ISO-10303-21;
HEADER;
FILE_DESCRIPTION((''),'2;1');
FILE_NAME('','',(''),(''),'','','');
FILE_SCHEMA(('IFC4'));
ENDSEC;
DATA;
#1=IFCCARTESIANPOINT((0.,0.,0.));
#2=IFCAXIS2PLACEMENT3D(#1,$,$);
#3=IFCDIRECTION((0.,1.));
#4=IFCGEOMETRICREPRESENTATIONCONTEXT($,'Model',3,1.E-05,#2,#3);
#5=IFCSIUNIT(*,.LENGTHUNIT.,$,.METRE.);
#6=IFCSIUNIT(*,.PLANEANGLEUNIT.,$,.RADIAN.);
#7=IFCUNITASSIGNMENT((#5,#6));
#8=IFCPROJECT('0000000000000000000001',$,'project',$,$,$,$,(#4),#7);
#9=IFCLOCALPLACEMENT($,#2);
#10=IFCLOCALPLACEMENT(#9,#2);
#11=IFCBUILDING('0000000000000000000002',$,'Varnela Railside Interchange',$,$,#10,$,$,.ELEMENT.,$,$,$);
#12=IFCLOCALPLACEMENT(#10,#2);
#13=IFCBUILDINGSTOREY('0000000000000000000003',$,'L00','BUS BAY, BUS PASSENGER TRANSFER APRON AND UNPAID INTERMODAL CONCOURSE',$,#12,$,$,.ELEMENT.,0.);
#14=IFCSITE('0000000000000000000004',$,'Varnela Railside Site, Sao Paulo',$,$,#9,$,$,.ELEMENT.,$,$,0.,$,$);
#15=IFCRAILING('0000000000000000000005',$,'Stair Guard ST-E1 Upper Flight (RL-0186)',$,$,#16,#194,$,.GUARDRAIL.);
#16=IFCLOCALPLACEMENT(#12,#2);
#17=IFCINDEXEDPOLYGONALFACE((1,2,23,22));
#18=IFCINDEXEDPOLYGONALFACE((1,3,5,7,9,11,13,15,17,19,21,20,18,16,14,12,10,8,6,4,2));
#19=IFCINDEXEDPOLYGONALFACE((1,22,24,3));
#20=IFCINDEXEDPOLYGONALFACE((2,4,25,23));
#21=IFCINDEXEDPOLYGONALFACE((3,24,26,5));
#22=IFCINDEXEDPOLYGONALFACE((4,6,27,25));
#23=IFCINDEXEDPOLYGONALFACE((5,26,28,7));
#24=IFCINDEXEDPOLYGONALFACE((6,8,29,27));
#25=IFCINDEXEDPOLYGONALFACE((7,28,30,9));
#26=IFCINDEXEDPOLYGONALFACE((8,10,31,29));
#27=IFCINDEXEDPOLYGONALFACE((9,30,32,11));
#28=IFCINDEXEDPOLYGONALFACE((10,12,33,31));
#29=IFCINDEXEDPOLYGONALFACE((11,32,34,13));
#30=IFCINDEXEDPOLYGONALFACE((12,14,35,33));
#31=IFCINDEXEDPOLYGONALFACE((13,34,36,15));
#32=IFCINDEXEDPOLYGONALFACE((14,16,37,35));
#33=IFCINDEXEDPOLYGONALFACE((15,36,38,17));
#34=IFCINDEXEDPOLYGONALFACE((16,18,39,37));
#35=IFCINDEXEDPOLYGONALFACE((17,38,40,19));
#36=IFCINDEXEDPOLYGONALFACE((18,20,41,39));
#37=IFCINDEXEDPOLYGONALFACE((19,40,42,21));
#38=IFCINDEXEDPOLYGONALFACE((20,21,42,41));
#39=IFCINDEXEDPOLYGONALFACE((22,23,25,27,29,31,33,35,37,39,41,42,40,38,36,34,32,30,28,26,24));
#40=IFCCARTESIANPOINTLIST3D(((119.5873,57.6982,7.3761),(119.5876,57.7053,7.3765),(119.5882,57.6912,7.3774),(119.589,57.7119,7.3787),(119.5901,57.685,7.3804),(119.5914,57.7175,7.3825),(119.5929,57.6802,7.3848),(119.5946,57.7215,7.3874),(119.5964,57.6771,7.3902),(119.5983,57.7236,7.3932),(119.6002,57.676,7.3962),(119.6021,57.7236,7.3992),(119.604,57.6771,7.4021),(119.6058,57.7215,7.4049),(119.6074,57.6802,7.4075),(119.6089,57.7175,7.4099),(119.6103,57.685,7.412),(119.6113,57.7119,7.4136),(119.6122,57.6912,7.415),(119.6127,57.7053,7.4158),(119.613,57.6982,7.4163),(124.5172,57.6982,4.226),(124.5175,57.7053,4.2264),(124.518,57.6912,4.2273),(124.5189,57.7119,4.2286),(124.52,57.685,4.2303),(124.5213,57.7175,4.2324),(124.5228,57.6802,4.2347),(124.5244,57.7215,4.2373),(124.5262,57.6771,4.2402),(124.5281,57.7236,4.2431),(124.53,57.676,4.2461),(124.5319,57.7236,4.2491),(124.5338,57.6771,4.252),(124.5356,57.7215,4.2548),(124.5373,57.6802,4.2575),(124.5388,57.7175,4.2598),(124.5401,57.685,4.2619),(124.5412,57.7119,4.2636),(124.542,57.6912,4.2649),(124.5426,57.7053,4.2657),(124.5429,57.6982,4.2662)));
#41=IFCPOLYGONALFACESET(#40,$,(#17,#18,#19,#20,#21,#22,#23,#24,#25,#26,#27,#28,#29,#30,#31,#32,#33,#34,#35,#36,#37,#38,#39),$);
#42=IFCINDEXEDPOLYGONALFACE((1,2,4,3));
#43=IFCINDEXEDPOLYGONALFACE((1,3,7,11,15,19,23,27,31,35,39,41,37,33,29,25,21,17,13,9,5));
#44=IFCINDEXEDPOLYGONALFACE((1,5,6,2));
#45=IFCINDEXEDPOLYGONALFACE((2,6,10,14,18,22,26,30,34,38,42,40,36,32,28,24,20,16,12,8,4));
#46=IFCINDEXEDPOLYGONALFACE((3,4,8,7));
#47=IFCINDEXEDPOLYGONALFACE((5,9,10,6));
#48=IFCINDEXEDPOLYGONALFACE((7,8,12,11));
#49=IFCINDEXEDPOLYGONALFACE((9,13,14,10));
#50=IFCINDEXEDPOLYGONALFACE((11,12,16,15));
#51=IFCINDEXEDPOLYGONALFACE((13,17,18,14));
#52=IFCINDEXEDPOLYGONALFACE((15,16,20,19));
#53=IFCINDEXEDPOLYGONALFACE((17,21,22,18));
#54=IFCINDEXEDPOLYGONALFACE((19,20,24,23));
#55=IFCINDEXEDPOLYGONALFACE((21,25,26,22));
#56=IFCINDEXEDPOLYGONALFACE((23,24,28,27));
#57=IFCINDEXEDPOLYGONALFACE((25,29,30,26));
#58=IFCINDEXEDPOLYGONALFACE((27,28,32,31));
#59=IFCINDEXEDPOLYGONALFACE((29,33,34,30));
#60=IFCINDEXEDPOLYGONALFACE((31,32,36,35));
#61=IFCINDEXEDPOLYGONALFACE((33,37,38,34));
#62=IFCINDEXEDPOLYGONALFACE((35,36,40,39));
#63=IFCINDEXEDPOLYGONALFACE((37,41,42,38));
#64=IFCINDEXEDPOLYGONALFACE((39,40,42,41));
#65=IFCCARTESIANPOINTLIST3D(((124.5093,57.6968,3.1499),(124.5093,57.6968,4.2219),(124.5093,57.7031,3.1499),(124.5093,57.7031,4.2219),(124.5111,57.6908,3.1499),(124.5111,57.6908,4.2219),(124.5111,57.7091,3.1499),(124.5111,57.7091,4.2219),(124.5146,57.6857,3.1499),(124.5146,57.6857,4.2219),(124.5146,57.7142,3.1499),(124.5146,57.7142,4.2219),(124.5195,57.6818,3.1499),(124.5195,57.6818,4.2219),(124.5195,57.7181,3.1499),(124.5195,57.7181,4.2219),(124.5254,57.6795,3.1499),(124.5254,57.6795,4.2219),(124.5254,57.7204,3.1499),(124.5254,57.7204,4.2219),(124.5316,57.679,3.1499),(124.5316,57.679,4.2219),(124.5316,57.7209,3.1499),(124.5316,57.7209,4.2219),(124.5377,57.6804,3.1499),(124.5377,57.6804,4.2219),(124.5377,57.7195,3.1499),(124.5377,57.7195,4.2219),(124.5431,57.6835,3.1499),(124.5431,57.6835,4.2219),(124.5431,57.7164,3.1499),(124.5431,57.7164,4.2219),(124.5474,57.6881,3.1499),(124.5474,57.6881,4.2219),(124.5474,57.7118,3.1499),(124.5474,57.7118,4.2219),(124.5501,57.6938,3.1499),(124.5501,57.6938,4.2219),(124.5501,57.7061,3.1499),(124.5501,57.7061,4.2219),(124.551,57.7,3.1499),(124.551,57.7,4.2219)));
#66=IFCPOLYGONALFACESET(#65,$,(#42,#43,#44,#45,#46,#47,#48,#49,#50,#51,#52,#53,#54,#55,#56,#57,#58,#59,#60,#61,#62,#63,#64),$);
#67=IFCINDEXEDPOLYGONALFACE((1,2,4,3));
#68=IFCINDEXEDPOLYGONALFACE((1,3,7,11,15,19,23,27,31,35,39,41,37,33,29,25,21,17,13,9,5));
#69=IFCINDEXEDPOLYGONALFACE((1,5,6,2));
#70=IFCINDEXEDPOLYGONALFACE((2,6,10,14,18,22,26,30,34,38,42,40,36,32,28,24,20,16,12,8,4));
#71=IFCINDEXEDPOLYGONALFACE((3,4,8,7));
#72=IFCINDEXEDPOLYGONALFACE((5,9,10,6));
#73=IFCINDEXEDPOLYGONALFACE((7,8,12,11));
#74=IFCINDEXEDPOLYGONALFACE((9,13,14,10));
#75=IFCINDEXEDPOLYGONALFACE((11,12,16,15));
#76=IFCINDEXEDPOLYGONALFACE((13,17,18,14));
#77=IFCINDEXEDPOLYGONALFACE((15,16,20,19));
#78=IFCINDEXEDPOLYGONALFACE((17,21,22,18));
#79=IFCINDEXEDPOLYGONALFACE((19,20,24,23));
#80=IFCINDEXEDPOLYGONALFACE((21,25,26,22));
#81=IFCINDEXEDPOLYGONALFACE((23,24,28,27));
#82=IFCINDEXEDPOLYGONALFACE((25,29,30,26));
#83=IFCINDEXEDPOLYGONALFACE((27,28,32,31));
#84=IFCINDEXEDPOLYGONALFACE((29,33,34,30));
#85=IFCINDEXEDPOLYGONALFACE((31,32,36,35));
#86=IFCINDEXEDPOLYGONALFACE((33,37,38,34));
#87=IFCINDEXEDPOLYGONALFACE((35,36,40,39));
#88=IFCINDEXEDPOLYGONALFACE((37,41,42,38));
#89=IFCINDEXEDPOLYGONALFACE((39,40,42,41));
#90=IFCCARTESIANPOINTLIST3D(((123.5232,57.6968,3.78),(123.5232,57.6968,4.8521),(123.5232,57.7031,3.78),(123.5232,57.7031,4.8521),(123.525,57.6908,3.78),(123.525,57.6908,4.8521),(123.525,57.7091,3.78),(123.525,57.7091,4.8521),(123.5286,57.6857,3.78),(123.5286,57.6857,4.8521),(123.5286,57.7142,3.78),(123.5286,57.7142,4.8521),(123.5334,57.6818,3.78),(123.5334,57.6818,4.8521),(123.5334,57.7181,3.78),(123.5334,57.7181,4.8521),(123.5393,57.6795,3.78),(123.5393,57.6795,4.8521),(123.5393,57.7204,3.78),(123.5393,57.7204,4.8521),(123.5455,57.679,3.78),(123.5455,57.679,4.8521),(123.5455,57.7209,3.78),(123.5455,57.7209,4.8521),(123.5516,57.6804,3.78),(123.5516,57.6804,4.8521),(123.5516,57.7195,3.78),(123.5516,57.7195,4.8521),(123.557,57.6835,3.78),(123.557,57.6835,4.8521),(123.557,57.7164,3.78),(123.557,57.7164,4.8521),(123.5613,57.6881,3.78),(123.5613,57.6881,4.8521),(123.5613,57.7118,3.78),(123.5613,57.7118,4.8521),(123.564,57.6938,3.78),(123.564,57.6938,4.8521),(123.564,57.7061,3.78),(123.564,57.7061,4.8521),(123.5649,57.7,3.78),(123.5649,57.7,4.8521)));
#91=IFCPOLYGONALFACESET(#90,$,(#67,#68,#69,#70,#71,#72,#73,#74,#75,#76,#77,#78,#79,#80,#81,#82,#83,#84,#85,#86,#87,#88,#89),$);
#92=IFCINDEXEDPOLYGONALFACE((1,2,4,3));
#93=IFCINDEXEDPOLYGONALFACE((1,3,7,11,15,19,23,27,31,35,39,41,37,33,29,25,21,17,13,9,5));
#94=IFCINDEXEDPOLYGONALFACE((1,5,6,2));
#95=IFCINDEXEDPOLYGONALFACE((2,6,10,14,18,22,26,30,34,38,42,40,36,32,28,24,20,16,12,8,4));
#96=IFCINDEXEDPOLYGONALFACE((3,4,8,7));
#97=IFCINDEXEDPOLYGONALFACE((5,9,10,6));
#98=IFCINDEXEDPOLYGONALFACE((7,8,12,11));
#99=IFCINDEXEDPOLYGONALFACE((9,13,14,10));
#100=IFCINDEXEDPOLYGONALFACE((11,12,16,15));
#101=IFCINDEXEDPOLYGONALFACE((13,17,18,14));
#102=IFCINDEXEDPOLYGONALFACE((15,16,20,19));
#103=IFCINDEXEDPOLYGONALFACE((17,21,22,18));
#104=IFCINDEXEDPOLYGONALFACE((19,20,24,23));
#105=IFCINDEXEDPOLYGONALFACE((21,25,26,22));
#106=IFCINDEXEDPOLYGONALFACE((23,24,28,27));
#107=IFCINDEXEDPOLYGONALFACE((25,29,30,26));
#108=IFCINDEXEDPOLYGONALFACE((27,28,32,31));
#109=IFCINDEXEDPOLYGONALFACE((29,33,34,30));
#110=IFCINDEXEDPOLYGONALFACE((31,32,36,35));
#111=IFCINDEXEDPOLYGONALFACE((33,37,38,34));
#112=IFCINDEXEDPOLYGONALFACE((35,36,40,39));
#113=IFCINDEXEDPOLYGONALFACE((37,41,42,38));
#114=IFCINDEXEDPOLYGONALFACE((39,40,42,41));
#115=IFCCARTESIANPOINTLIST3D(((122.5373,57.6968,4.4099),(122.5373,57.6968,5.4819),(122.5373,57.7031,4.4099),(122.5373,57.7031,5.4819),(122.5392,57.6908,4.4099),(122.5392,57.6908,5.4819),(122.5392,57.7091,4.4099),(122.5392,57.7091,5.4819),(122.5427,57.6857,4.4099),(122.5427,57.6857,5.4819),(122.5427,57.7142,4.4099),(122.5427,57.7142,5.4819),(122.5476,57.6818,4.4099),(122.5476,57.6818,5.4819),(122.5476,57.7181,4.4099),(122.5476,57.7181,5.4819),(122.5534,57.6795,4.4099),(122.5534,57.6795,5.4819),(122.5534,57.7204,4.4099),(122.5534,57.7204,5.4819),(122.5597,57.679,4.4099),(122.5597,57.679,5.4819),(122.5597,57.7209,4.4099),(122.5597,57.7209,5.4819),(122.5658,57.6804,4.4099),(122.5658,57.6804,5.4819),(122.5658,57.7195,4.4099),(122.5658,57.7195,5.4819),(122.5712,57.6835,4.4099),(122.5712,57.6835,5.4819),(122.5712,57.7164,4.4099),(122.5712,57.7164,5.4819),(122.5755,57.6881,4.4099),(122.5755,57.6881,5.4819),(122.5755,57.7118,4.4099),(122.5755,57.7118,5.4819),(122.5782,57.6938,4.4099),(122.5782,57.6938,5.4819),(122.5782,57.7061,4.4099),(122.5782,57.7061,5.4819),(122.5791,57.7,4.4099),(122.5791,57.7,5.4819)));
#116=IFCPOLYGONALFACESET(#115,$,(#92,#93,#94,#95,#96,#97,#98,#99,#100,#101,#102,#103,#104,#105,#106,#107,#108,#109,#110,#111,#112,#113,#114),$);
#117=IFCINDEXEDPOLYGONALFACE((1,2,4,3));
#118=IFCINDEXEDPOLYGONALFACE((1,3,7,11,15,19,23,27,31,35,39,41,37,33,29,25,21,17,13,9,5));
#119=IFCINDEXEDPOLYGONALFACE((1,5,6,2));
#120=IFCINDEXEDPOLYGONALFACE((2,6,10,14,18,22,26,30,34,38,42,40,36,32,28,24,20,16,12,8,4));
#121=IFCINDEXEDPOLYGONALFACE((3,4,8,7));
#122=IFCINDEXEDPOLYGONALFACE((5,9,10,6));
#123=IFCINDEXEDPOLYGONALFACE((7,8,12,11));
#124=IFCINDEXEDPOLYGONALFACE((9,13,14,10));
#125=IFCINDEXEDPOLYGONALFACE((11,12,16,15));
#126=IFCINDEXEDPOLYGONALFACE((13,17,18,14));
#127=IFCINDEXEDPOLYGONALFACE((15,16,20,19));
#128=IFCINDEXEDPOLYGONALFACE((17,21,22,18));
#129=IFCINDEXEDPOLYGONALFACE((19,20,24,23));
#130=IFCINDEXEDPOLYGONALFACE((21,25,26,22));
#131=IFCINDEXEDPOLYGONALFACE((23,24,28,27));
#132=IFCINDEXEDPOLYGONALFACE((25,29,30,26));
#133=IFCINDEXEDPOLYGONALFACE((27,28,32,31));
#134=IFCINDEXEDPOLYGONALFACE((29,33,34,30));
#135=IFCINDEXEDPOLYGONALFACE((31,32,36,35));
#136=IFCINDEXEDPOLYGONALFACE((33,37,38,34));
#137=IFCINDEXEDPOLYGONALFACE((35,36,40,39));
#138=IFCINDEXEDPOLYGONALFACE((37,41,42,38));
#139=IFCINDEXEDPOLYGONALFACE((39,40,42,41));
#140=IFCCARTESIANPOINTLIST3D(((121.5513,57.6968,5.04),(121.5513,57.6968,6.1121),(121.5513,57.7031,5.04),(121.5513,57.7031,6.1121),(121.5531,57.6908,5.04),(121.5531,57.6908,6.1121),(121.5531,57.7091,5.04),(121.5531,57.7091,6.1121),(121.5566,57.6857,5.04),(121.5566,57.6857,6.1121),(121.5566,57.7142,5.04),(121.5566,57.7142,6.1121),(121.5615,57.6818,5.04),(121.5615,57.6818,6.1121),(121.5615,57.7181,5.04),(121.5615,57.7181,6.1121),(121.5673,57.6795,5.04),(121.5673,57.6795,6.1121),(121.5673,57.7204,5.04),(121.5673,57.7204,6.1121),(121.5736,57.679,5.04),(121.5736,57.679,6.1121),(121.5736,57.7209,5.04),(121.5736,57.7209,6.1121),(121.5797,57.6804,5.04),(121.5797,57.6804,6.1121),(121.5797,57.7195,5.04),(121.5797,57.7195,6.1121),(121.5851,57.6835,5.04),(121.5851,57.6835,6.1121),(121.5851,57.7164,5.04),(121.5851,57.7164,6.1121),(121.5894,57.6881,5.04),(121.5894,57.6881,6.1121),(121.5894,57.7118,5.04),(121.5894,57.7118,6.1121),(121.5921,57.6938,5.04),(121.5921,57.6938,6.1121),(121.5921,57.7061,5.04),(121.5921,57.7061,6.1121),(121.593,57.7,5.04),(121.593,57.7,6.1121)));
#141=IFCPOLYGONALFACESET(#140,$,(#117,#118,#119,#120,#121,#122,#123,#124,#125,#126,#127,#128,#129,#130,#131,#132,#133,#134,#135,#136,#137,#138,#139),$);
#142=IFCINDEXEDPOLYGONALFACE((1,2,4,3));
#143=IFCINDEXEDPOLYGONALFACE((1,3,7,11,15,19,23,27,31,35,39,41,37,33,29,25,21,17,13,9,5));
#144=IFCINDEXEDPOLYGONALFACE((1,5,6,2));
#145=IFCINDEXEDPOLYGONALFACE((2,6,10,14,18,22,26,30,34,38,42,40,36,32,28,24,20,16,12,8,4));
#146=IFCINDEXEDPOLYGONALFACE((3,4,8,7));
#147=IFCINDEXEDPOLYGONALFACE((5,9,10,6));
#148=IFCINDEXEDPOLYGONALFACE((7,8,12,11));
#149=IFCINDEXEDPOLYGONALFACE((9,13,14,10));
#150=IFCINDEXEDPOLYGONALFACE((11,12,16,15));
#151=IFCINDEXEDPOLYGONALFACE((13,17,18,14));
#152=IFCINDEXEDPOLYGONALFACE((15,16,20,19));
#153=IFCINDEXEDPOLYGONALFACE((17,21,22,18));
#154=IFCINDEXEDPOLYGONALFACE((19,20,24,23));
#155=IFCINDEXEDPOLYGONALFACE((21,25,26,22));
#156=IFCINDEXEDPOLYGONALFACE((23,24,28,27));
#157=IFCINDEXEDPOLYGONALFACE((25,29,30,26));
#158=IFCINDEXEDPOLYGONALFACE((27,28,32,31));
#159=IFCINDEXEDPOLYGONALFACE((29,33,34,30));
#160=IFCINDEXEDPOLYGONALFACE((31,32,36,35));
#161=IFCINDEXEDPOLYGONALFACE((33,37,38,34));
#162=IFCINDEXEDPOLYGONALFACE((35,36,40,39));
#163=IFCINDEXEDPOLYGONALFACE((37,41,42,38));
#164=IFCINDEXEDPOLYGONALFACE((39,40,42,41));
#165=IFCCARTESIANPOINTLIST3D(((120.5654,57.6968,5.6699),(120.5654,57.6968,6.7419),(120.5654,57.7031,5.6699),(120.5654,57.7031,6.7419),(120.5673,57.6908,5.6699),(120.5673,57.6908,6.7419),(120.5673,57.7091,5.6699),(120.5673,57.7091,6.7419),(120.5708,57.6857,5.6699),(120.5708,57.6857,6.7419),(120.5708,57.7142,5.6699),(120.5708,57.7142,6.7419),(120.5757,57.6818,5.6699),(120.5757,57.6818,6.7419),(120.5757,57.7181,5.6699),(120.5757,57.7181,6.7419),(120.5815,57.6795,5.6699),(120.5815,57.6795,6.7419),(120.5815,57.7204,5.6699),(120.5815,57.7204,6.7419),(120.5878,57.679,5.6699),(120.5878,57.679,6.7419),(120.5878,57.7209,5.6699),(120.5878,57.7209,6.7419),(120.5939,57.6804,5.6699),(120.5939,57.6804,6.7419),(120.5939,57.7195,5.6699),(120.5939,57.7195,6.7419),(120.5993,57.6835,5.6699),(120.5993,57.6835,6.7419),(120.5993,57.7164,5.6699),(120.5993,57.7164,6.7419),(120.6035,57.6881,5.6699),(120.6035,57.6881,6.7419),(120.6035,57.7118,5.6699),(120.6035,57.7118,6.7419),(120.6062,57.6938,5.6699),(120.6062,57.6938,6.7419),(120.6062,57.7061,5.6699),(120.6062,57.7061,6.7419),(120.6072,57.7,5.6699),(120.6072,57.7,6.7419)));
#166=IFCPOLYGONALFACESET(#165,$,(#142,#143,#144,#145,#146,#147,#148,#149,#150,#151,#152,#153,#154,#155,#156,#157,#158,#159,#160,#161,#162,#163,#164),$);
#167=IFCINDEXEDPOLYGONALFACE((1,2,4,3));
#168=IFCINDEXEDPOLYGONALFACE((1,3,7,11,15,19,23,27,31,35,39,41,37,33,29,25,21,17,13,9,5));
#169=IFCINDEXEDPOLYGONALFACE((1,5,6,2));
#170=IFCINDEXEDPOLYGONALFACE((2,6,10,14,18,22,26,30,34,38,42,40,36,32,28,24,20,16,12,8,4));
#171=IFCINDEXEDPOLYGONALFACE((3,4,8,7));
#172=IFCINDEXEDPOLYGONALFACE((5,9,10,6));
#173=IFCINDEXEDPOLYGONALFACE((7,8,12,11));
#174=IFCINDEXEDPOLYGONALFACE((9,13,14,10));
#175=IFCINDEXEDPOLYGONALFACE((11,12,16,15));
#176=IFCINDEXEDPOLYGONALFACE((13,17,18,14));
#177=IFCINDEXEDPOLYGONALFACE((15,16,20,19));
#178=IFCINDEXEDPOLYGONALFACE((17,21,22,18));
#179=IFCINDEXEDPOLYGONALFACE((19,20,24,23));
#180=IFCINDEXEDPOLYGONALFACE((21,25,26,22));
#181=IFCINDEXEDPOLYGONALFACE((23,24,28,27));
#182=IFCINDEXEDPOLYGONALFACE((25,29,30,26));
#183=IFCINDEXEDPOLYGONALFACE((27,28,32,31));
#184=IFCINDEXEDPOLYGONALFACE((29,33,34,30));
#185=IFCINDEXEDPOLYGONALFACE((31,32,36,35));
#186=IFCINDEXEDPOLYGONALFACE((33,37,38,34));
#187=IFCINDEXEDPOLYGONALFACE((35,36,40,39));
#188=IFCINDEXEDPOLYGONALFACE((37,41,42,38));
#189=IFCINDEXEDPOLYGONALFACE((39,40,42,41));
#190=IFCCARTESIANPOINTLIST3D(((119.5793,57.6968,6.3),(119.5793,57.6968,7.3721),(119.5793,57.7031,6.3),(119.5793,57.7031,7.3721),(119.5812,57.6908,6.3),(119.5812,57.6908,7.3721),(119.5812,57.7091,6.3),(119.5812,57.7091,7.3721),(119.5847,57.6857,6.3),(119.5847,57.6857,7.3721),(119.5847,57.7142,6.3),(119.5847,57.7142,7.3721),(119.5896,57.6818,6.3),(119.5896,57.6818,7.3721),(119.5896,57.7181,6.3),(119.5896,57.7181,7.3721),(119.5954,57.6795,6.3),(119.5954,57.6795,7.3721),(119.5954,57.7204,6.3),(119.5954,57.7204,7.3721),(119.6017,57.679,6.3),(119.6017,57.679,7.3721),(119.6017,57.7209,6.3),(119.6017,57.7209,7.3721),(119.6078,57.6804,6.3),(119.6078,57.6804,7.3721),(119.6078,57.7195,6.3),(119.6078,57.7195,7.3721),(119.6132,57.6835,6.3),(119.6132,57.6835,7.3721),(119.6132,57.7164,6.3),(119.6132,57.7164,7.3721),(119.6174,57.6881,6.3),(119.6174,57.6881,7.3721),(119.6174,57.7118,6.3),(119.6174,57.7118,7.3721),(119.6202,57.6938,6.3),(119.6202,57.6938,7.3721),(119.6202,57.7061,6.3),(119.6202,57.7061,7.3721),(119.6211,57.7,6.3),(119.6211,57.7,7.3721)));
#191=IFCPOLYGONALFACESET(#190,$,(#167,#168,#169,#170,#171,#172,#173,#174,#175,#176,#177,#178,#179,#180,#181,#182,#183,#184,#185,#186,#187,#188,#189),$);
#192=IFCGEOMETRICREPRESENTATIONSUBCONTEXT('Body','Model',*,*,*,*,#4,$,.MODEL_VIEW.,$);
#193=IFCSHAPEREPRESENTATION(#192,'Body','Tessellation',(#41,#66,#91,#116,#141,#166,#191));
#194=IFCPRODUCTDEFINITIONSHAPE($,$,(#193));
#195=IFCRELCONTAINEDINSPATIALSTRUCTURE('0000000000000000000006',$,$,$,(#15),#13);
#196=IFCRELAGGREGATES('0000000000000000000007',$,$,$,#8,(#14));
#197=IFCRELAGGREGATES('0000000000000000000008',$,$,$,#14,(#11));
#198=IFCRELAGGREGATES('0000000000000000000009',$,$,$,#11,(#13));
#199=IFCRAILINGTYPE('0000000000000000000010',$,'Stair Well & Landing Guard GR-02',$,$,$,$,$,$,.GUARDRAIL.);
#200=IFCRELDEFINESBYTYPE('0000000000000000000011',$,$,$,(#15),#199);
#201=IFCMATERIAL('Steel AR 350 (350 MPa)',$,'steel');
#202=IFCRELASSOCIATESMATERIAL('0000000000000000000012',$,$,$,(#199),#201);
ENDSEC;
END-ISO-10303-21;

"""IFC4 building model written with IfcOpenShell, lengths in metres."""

from ifc_helpers import new_model, si_unit, direction, frame, origin, origin_2d, place, context, subcontext, project, spatial, circle, extrude, material, type_object, element, save


model = new_model("IFC4")

# Units and contexts
model_context = context("Model", 3, precision=1e-05, world=origin(), true_north=direction((0.0, 1.0)))
body_context = subcontext(model_context, "Body", "Model", "MODEL_VIEW")
ifc_project = project(units=[si_unit("LENGTHUNIT", "METRE"), si_unit("PLANEANGLEUNIT", "RADIAN")], contexts=[model_context])

# Site, building, storey
site_placement = place(None, origin())
site = spatial("IfcSite", under=ifc_project, at=site_placement, Name="Varnela Railside Site, Sao Paulo", CompositionType="ELEMENT", RefElevation=0.0)
building_placement = place(site_placement, origin())
building = spatial("IfcBuilding", under=site, at=building_placement, Name="Varnela Railside Interchange", CompositionType="ELEMENT")
storey_placement = place(building_placement, origin())
storey = spatial("IfcBuildingStorey", under=building, at=storey_placement, Name="L00", Description="BUS BAY, BUS PASSENGER TRANSFER APRON AND UNPAID INTERMODAL CONCOURSE", CompositionType="ELEMENT", Elevation=0.0)

# Shared definitions
ifc_material_1 = material(Name="Steel AR 350 (350 MPa)", Category="steel")

# Railing
railing_type_1 = type_object("IfcRailingType", Name="Stair Well & Landing Guard GR-02", PredefinedType="GUARDRAIL", material=ifc_material_1)
railing_1_placement = place(storey_placement, frame((124.53, 57.7, 3.1499)))
element("IfcRailing", 1, at=railing_1_placement, inside=storey, type_object=railing_type_1, Name="Stair Guard ST-E1 Upper Flight (RL-0186)", PredefinedType="GUARDRAIL", context=body_context, shape_type="SweptSolid", body=[
    extrude(circle(Radius=0.0239, at=origin_2d()), frame((0.0, 0.0, 1.0962), z_axis=(-0.84266, 0.0, 0.538446), x_axis=(0.0, -1.0, 0.0)), (0.0, 0.0, 1.0), 5.8503),
    extrude(circle(Radius=0.021, at=origin_2d()), origin(), (0.0, 0.0, 1.0), 1.072),
    extrude(circle(Radius=0.021, at=origin_2d()), frame((-0.9861, 0.0, 0.6301)), (0.0, 0.0, 1.0), 1.072),
    extrude(circle(Radius=0.021, at=origin_2d()), frame((-1.9719, 0.0, 1.26)), (0.0, 0.0, 1.0), 1.072),
    extrude(circle(Radius=0.021, at=origin_2d()), frame((-2.958, 0.0, 1.8901)), (0.0, 0.0, 1.0), 1.072),
    extrude(circle(Radius=0.021, at=origin_2d()), frame((-3.9438, 0.0, 2.52)), (0.0, 0.0, 1.0), 1.072),
    extrude(circle(Radius=0.021, at=origin_2d()), frame((-4.9299, 0.0, 3.1501)), (0.0, 0.0, 1.0), 1.072),
])

save(model, "model.ifc")
